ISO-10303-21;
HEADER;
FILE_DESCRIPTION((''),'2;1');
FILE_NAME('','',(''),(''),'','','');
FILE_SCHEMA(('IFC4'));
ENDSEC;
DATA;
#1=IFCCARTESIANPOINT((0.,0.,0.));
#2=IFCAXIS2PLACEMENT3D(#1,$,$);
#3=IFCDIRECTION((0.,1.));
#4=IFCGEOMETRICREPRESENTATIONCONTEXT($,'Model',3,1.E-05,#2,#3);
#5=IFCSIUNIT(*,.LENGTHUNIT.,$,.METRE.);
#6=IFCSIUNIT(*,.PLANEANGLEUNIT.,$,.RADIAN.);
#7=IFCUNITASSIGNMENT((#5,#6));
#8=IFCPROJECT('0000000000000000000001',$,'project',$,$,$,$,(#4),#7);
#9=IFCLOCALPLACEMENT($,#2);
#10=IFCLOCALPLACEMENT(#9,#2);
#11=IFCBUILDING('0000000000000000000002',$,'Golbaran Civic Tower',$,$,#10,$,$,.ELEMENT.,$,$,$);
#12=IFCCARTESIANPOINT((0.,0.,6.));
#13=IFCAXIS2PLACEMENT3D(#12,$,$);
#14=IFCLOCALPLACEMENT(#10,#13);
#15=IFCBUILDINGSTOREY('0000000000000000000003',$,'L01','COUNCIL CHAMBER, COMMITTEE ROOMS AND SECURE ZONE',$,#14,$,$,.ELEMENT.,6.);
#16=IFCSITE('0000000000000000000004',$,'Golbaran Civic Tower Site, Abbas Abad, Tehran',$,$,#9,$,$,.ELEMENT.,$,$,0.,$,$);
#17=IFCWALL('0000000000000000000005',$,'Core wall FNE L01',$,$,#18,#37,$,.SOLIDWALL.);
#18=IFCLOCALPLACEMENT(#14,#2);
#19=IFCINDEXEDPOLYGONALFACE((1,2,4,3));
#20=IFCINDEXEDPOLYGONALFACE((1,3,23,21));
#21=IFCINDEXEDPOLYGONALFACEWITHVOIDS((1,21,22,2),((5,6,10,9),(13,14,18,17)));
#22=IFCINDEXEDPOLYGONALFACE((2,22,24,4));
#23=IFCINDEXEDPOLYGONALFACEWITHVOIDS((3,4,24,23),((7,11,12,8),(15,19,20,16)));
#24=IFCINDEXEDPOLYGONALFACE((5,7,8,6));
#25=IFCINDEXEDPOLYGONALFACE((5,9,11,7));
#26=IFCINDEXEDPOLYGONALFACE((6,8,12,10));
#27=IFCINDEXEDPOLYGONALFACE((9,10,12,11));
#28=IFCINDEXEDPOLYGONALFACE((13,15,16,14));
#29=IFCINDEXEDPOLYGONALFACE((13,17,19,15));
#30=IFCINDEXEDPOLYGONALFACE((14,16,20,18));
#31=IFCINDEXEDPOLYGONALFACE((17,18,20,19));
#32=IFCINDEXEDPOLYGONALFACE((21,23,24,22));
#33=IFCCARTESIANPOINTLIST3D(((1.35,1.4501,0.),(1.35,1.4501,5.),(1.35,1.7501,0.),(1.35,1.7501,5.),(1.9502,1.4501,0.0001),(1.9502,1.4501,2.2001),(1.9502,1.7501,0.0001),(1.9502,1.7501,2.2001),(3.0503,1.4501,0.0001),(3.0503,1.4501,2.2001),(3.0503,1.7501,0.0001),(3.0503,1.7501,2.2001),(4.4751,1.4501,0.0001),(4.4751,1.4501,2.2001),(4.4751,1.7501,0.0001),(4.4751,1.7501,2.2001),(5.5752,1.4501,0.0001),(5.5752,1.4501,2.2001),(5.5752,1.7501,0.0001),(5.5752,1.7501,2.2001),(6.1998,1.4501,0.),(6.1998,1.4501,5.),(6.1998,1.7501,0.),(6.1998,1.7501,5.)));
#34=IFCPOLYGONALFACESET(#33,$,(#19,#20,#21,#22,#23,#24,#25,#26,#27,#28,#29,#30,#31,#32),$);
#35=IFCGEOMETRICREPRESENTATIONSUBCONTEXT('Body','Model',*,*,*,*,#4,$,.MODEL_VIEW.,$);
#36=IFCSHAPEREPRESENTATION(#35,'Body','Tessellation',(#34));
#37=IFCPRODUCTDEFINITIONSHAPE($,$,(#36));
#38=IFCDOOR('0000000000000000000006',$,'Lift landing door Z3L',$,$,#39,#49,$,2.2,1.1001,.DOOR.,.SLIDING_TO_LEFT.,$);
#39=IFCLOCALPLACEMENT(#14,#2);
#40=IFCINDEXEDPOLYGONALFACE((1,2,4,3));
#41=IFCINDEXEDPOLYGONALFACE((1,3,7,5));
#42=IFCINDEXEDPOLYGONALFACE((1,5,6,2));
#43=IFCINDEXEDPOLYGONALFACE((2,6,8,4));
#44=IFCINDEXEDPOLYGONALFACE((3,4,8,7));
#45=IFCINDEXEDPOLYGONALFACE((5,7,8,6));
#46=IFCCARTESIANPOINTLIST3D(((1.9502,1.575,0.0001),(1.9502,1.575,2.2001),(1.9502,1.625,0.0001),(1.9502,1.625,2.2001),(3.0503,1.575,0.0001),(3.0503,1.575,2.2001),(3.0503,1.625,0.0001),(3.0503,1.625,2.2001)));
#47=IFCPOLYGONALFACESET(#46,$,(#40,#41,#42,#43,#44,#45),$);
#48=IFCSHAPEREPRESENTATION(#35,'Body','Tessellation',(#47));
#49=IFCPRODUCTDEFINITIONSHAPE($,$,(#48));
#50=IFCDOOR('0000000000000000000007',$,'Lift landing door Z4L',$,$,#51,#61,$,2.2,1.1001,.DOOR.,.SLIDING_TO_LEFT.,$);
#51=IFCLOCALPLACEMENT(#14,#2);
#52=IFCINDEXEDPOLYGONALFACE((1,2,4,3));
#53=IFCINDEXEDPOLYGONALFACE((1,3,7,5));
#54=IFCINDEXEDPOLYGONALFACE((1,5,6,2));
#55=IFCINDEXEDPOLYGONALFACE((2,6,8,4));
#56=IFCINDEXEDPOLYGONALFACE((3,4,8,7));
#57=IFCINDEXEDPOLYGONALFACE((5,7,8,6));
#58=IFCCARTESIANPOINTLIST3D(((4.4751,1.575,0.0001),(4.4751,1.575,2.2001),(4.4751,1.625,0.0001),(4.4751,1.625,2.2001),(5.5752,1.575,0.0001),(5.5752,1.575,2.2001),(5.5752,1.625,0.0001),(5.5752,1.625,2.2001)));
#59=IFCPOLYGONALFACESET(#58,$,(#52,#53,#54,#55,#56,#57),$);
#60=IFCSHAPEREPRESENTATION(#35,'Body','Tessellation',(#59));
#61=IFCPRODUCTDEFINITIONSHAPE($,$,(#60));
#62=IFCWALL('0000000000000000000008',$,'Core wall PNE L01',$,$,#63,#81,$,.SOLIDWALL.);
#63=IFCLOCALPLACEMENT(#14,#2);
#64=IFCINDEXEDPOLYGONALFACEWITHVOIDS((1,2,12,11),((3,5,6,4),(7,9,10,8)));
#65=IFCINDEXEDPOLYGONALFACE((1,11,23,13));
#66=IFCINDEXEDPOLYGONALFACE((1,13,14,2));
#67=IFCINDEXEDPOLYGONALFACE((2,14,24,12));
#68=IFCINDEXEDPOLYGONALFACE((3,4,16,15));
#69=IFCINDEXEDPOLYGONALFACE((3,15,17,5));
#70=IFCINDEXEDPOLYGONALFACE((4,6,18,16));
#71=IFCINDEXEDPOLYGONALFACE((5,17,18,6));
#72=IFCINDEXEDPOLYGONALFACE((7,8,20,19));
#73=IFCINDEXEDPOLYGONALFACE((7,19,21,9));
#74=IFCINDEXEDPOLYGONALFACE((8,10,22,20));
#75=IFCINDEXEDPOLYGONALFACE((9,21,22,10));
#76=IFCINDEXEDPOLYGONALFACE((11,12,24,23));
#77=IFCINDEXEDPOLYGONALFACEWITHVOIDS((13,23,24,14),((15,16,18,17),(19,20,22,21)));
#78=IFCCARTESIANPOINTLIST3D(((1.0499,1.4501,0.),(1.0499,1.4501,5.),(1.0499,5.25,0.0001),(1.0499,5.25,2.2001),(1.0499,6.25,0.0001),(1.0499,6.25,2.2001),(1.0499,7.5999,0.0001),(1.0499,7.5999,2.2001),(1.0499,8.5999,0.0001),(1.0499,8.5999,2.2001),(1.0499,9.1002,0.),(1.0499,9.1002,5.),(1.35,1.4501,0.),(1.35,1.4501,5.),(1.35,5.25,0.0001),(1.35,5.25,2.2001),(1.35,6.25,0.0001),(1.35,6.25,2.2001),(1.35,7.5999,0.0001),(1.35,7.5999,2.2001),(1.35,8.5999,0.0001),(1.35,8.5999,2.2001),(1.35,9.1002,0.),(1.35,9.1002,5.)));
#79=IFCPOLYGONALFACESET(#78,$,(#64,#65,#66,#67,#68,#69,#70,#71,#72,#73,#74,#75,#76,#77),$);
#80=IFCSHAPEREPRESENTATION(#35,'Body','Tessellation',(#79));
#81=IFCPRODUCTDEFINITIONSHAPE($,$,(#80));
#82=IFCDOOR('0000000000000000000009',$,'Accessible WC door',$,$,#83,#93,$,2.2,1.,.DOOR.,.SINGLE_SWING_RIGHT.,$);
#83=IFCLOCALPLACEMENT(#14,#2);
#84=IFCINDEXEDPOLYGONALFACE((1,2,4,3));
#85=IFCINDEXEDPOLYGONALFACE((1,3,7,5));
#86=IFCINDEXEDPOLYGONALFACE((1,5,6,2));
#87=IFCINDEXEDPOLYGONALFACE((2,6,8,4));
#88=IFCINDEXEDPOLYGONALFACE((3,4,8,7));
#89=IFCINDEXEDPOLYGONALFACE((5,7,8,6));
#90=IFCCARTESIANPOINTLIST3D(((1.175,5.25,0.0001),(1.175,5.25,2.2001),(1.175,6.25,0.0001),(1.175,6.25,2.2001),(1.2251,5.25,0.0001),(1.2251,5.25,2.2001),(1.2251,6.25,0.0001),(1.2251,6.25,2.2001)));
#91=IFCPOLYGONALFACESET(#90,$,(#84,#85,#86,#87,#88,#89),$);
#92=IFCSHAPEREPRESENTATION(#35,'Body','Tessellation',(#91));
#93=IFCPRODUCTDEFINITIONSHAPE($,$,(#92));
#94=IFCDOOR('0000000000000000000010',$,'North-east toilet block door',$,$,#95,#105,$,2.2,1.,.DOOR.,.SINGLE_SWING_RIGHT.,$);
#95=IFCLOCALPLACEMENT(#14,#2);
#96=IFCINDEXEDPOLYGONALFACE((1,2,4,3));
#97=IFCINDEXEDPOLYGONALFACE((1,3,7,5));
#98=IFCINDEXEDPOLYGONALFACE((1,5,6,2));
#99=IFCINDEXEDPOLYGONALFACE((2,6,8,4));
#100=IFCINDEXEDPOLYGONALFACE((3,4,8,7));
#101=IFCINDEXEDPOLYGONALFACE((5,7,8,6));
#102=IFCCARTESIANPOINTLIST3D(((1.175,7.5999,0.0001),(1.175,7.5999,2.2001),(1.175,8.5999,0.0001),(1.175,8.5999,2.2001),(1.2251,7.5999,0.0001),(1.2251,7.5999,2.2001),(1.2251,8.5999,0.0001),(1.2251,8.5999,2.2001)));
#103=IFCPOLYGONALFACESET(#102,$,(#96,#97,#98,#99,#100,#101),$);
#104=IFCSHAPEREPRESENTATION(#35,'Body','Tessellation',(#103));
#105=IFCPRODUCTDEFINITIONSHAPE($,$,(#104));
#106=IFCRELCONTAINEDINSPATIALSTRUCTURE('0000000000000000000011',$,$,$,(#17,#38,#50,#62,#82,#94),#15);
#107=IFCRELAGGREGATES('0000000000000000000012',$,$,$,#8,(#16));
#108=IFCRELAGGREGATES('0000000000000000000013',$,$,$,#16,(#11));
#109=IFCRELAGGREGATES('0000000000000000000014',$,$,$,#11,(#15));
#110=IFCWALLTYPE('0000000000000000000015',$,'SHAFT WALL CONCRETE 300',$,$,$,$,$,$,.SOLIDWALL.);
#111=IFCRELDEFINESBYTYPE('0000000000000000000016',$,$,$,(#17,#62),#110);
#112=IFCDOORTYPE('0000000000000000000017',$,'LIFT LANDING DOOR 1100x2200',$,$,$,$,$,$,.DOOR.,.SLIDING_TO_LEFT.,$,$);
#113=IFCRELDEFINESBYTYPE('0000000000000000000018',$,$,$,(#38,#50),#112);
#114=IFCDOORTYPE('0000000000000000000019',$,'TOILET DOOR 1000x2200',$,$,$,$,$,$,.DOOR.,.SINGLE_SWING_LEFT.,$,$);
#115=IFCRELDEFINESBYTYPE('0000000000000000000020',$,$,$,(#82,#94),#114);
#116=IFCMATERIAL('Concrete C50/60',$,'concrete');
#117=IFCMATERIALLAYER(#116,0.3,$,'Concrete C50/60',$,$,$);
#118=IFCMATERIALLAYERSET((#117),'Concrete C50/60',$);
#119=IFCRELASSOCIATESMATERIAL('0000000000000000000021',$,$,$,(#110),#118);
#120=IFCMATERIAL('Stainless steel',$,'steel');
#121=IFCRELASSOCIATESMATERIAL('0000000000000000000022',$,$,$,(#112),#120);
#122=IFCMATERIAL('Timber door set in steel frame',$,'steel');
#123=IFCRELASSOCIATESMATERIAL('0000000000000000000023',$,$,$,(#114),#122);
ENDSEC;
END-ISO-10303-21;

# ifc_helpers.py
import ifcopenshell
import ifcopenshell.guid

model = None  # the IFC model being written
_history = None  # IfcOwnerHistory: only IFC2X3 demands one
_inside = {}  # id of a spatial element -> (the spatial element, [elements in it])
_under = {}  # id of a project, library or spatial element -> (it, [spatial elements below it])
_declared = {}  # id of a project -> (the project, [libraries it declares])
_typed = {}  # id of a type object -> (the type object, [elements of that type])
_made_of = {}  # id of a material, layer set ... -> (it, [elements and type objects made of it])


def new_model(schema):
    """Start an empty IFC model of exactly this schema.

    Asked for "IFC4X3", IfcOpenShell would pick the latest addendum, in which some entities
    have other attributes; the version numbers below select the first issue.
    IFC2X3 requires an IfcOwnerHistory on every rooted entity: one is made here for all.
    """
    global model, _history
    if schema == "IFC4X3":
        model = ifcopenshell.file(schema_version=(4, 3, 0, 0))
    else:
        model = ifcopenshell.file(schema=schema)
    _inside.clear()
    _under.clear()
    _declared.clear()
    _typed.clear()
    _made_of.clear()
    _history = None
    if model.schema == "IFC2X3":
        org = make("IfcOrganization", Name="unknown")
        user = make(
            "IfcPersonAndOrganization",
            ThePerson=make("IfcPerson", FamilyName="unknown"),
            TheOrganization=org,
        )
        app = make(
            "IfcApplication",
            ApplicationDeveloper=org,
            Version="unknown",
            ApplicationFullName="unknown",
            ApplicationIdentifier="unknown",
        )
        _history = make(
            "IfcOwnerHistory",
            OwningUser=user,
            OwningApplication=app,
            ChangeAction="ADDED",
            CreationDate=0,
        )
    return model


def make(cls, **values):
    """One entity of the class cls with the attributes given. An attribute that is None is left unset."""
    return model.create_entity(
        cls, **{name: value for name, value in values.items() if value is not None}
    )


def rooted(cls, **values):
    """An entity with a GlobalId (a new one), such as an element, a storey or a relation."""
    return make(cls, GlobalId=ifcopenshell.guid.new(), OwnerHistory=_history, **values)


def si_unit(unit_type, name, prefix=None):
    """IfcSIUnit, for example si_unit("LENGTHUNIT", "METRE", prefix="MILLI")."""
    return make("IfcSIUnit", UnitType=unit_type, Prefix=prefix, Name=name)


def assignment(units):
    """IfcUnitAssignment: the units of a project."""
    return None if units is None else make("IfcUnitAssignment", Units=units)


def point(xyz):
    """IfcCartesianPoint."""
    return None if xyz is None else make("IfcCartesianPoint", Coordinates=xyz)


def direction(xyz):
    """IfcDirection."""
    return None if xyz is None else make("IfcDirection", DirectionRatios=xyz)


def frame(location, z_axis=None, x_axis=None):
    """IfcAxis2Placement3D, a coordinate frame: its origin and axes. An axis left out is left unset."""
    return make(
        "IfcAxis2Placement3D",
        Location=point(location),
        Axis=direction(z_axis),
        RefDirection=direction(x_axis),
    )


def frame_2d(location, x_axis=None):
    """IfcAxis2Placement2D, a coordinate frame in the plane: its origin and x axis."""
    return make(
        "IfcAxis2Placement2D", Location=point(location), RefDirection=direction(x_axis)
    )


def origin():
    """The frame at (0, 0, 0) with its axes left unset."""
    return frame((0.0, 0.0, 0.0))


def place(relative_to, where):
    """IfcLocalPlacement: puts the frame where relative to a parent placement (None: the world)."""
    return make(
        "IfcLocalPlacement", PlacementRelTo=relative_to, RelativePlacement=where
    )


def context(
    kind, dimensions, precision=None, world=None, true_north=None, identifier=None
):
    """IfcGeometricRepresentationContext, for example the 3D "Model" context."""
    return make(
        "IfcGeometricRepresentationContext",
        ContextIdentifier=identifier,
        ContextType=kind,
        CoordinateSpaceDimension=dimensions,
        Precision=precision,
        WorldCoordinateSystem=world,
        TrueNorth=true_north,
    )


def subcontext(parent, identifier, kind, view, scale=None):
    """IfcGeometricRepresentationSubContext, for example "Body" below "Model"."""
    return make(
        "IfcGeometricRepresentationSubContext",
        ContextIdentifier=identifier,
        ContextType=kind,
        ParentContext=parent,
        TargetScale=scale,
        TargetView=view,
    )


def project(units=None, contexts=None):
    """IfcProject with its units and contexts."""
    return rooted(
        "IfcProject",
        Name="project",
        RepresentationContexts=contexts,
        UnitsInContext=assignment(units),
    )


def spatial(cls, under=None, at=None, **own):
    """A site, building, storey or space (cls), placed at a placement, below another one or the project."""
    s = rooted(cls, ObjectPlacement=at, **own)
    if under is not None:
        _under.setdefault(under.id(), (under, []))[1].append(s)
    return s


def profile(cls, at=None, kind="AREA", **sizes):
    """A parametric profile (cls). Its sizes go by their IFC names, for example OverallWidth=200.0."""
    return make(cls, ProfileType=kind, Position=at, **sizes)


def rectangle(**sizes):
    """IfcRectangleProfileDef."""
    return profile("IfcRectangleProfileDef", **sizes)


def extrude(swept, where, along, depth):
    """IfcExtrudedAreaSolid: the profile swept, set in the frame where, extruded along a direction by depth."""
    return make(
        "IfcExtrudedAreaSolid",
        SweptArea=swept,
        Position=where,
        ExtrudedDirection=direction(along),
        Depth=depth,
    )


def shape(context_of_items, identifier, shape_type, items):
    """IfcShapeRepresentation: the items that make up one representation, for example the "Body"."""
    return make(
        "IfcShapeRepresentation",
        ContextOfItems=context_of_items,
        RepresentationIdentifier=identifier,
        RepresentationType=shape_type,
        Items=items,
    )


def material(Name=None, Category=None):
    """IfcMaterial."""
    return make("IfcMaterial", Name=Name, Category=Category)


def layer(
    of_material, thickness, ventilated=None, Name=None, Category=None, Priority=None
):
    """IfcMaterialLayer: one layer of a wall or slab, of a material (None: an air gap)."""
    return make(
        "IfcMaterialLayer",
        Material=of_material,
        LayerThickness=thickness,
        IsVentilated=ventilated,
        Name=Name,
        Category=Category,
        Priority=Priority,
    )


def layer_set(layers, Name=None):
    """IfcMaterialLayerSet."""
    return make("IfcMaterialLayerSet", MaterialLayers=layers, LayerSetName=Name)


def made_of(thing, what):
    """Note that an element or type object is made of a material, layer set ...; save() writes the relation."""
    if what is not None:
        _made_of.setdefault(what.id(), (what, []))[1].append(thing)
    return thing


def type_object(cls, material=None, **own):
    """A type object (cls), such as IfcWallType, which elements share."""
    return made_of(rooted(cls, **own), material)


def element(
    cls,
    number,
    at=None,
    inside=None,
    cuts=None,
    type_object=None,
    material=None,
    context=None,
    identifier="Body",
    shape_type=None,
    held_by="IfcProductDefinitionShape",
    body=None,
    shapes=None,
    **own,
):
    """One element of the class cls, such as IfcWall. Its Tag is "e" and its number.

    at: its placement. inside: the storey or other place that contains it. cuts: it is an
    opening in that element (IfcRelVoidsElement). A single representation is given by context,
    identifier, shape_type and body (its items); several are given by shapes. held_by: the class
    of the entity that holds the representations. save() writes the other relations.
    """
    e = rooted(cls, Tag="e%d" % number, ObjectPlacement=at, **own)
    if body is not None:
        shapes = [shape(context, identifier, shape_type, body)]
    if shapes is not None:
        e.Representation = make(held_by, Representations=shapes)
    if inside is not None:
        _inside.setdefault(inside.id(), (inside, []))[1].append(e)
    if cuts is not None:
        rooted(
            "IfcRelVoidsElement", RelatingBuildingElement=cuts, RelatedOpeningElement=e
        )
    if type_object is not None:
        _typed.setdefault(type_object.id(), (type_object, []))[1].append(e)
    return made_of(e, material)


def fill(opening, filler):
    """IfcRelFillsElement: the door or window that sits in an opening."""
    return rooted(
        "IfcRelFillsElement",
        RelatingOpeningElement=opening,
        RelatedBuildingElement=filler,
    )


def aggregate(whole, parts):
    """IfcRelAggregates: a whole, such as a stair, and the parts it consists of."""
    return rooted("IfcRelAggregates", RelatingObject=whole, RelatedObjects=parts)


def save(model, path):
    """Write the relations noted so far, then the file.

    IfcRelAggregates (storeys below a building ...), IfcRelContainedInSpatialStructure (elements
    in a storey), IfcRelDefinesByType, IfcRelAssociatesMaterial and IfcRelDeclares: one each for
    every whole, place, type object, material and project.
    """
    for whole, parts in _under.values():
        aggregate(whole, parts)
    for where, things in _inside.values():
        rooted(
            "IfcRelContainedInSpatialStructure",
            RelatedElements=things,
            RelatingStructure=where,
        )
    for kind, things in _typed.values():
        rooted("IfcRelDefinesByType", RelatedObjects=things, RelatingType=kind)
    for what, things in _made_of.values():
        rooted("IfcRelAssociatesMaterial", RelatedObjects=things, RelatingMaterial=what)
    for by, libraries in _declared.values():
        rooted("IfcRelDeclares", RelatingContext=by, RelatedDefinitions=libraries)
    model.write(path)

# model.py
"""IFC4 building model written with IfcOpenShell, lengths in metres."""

from ifc_helpers import new_model, si_unit, direction, frame, frame_2d, origin, place, context, subcontext, project, spatial, rectangle, extrude, material, layer, layer_set, type_object, element, fill, save


model = new_model("IFC4")

# Units and contexts
model_context = context("Model", 3, precision=1e-05, world=origin(), true_north=direction((0.0, 1.0)))
body_context = subcontext(model_context, "Body", "Model", "MODEL_VIEW")
ifc_project = project(units=[si_unit("LENGTHUNIT", "METRE"), si_unit("PLANEANGLEUNIT", "RADIAN")], contexts=[model_context])

# Site, building, storey
site_placement = place(None, origin())
site = spatial("IfcSite", under=ifc_project, at=site_placement, Name="Golbaran Civic Tower Site, Abbas Abad, Tehran", CompositionType="ELEMENT", RefElevation=0.0)
building_placement = place(site_placement, origin())
building = spatial("IfcBuilding", under=site, at=building_placement, Name="Golbaran Civic Tower", CompositionType="ELEMENT")
storey_placement = place(building_placement, frame((0.0, 0.0, 6.0)))
storey = spatial("IfcBuildingStorey", under=building, at=storey_placement, Name="L01", Description="COUNCIL CHAMBER, COMMITTEE ROOMS AND SECURE ZONE", CompositionType="ELEMENT", Elevation=6.0)

# Walls, openings, doors
ifc_material_1 = material(Name="Concrete C50/60", Category="concrete")
ifc_layer_1 = layer(ifc_material_1, 0.3, Name="Concrete C50/60")
ifc_layer_set_1 = layer_set([ifc_layer_1], Name="Concrete C50/60")
wall_type_1 = type_object("IfcWallType", Name="SHAFT WALL CONCRETE 300", PredefinedType="SOLIDWALL", material=ifc_layer_set_1)
wall_1_placement = place(storey_placement, frame((1.3501, 1.6001, 0.0), z_axis=(0.0, 0.0, 1.0), x_axis=(1.0, 0.0, 0.0)))
wall_1 = element("IfcWall", 1, at=wall_1_placement, inside=storey, type_object=wall_type_1, Name="Core wall FNE L01", PredefinedType="SOLIDWALL", context=body_context, shape_type="SweptSolid", body=[
    extrude(rectangle(XDim=4.8499, YDim=0.3, at=frame_2d((2.4248, 0.0))), origin(), (0.0, 0.0, 1.0), 5.0),
])
opening_1_placement = place(wall_1_placement, frame((0.6001, 0.0, 0.0)))
opening_1 = element("IfcOpeningElement", 2, at=opening_1_placement, cuts=wall_1, PredefinedType="OPENING", context=body_context, shape_type="SweptSolid", body=[
    extrude(rectangle(XDim=1.1001, YDim=2.2, at=frame_2d((0.55, 1.1001))), frame((0.0, 0.1599, 0.0), z_axis=(0.0, -1.0, 0.0), x_axis=(1.0, 0.0, 0.0)), (0.0, 0.0, 1.0), 0.3201),
])
opening_2_placement = place(wall_1_placement, frame((3.125, 0.0, 0.0)))
opening_2 = element("IfcOpeningElement", 3, at=opening_2_placement, cuts=wall_1, PredefinedType="OPENING", context=body_context, shape_type="SweptSolid", body=[
    extrude(rectangle(XDim=1.1001, YDim=2.2, at=frame_2d((0.55, 1.1001))), frame((0.0, 0.1599, 0.0), z_axis=(0.0, -1.0, 0.0), x_axis=(1.0, 0.0, 0.0)), (0.0, 0.0, 1.0), 0.3201),
])
ifc_material_2 = material(Name="Stainless steel", Category="steel")
door_type_1 = type_object("IfcDoorType", Name="LIFT LANDING DOOR 1100x2200", OperationType="SLIDING_TO_LEFT", PredefinedType="DOOR", material=ifc_material_2)
door_1_placement = place(opening_1_placement, origin())
door_1 = element("IfcDoor", 4, at=door_1_placement, inside=storey, type_object=door_type_1, Name="Lift landing door Z3L", OperationType="SLIDING_TO_LEFT", OverallHeight=2.2, OverallWidth=1.1001, PredefinedType="DOOR", context=body_context, shape_type="SweptSolid", body=[
    extrude(rectangle(XDim=1.1001, YDim=2.2, at=frame_2d((0.55, 1.1001))), frame((0.0, 0.0249, 0.0), z_axis=(0.0, -1.0, 0.0), x_axis=(1.0, 0.0, 0.0)), (0.0, 0.0, 1.0), 0.05),
])
fill(opening_1, door_1)
door_2_placement = place(opening_2_placement, origin())
door_2 = element("IfcDoor", 5, at=door_2_placement, inside=storey, type_object=door_type_1, Name="Lift landing door Z4L", OperationType="SLIDING_TO_LEFT", OverallHeight=2.2, OverallWidth=1.1001, PredefinedType="DOOR", context=body_context, shape_type="SweptSolid", body=[
    extrude(rectangle(XDim=1.1001, YDim=2.2, at=frame_2d((0.55, 1.1001))), frame((0.0, 0.0249, 0.0), z_axis=(0.0, -1.0, 0.0), x_axis=(1.0, 0.0, 0.0)), (0.0, 0.0, 1.0), 0.05),
])
fill(opening_2, door_2)
wall_2_placement = place(storey_placement, frame((1.2, 1.45, 0.0), z_axis=(0.0, 0.0, 1.0), x_axis=(0.0, 1.0, 0.0)))
wall_2 = element("IfcWall", 6, at=wall_2_placement, inside=storey, type_object=wall_type_1, Name="Core wall PNE L01", PredefinedType="SOLIDWALL", context=body_context, shape_type="SweptSolid", body=[
    extrude(rectangle(XDim=7.6501, YDim=0.3, at=frame_2d((3.8252, 0.0))), origin(), (0.0, 0.0, 1.0), 5.0),
])
opening_3_placement = place(wall_2_placement, frame((3.8, 0.0, 0.0)))
opening_3 = element("IfcOpeningElement", 7, at=opening_3_placement, cuts=wall_2, PredefinedType="OPENING", context=body_context, shape_type="SweptSolid", body=[
    extrude(rectangle(XDim=1.0, YDim=2.2, at=frame_2d((0.5, 1.1001))), frame((0.0, 0.1599, 0.0), z_axis=(0.0, -1.0, 0.0), x_axis=(1.0, 0.0, 0.0)), (0.0, 0.0, 1.0), 0.3201),
])
opening_4_placement = place(wall_2_placement, frame((6.1499, 0.0, 0.0)))
opening_4 = element("IfcOpeningElement", 8, at=opening_4_placement, cuts=wall_2, PredefinedType="OPENING", context=body_context, shape_type="SweptSolid", body=[
    extrude(rectangle(XDim=1.0, YDim=2.2, at=frame_2d((0.5, 1.1001))), frame((0.0, 0.1599, 0.0), z_axis=(0.0, -1.0, 0.0), x_axis=(1.0, 0.0, 0.0)), (0.0, 0.0, 1.0), 0.3201),
])
ifc_material_3 = material(Name="Timber door set in steel frame", Category="steel")
door_type_2 = type_object("IfcDoorType", Name="TOILET DOOR 1000x2200", OperationType="SINGLE_SWING_LEFT", PredefinedType="DOOR", material=ifc_material_3)
door_3_placement = place(opening_3_placement, origin())
door_3 = element("IfcDoor", 9, at=door_3_placement, inside=storey, type_object=door_type_2, Name="Accessible WC door", OperationType="SINGLE_SWING_RIGHT", OverallHeight=2.2, OverallWidth=1.0, PredefinedType="DOOR", context=body_context, shape_type="SweptSolid", body=[
    extrude(rectangle(XDim=1.0, YDim=2.2, at=frame_2d((0.5, 1.1001))), frame((0.0, 0.0249, 0.0), z_axis=(0.0, -1.0, 0.0), x_axis=(1.0, 0.0, 0.0)), (0.0, 0.0, 1.0), 0.05),
])
fill(opening_3, door_3)
door_4_placement = place(opening_4_placement, origin())
door_4 = element("IfcDoor", 10, at=door_4_placement, inside=storey, type_object=door_type_2, Name="North-east toilet block door", OperationType="SINGLE_SWING_RIGHT", OverallHeight=2.2, OverallWidth=1.0, PredefinedType="DOOR", context=body_context, shape_type="SweptSolid", body=[
    extrude(rectangle(XDim=1.0, YDim=2.2, at=frame_2d((0.5, 1.1001))), frame((0.0, 0.0249, 0.0), z_axis=(0.0, -1.0, 0.0), x_axis=(1.0, 0.0, 0.0)), (0.0, 0.0, 1.0), 0.05),
])
fill(opening_4, door_4)

save(model, "model.ifc")
